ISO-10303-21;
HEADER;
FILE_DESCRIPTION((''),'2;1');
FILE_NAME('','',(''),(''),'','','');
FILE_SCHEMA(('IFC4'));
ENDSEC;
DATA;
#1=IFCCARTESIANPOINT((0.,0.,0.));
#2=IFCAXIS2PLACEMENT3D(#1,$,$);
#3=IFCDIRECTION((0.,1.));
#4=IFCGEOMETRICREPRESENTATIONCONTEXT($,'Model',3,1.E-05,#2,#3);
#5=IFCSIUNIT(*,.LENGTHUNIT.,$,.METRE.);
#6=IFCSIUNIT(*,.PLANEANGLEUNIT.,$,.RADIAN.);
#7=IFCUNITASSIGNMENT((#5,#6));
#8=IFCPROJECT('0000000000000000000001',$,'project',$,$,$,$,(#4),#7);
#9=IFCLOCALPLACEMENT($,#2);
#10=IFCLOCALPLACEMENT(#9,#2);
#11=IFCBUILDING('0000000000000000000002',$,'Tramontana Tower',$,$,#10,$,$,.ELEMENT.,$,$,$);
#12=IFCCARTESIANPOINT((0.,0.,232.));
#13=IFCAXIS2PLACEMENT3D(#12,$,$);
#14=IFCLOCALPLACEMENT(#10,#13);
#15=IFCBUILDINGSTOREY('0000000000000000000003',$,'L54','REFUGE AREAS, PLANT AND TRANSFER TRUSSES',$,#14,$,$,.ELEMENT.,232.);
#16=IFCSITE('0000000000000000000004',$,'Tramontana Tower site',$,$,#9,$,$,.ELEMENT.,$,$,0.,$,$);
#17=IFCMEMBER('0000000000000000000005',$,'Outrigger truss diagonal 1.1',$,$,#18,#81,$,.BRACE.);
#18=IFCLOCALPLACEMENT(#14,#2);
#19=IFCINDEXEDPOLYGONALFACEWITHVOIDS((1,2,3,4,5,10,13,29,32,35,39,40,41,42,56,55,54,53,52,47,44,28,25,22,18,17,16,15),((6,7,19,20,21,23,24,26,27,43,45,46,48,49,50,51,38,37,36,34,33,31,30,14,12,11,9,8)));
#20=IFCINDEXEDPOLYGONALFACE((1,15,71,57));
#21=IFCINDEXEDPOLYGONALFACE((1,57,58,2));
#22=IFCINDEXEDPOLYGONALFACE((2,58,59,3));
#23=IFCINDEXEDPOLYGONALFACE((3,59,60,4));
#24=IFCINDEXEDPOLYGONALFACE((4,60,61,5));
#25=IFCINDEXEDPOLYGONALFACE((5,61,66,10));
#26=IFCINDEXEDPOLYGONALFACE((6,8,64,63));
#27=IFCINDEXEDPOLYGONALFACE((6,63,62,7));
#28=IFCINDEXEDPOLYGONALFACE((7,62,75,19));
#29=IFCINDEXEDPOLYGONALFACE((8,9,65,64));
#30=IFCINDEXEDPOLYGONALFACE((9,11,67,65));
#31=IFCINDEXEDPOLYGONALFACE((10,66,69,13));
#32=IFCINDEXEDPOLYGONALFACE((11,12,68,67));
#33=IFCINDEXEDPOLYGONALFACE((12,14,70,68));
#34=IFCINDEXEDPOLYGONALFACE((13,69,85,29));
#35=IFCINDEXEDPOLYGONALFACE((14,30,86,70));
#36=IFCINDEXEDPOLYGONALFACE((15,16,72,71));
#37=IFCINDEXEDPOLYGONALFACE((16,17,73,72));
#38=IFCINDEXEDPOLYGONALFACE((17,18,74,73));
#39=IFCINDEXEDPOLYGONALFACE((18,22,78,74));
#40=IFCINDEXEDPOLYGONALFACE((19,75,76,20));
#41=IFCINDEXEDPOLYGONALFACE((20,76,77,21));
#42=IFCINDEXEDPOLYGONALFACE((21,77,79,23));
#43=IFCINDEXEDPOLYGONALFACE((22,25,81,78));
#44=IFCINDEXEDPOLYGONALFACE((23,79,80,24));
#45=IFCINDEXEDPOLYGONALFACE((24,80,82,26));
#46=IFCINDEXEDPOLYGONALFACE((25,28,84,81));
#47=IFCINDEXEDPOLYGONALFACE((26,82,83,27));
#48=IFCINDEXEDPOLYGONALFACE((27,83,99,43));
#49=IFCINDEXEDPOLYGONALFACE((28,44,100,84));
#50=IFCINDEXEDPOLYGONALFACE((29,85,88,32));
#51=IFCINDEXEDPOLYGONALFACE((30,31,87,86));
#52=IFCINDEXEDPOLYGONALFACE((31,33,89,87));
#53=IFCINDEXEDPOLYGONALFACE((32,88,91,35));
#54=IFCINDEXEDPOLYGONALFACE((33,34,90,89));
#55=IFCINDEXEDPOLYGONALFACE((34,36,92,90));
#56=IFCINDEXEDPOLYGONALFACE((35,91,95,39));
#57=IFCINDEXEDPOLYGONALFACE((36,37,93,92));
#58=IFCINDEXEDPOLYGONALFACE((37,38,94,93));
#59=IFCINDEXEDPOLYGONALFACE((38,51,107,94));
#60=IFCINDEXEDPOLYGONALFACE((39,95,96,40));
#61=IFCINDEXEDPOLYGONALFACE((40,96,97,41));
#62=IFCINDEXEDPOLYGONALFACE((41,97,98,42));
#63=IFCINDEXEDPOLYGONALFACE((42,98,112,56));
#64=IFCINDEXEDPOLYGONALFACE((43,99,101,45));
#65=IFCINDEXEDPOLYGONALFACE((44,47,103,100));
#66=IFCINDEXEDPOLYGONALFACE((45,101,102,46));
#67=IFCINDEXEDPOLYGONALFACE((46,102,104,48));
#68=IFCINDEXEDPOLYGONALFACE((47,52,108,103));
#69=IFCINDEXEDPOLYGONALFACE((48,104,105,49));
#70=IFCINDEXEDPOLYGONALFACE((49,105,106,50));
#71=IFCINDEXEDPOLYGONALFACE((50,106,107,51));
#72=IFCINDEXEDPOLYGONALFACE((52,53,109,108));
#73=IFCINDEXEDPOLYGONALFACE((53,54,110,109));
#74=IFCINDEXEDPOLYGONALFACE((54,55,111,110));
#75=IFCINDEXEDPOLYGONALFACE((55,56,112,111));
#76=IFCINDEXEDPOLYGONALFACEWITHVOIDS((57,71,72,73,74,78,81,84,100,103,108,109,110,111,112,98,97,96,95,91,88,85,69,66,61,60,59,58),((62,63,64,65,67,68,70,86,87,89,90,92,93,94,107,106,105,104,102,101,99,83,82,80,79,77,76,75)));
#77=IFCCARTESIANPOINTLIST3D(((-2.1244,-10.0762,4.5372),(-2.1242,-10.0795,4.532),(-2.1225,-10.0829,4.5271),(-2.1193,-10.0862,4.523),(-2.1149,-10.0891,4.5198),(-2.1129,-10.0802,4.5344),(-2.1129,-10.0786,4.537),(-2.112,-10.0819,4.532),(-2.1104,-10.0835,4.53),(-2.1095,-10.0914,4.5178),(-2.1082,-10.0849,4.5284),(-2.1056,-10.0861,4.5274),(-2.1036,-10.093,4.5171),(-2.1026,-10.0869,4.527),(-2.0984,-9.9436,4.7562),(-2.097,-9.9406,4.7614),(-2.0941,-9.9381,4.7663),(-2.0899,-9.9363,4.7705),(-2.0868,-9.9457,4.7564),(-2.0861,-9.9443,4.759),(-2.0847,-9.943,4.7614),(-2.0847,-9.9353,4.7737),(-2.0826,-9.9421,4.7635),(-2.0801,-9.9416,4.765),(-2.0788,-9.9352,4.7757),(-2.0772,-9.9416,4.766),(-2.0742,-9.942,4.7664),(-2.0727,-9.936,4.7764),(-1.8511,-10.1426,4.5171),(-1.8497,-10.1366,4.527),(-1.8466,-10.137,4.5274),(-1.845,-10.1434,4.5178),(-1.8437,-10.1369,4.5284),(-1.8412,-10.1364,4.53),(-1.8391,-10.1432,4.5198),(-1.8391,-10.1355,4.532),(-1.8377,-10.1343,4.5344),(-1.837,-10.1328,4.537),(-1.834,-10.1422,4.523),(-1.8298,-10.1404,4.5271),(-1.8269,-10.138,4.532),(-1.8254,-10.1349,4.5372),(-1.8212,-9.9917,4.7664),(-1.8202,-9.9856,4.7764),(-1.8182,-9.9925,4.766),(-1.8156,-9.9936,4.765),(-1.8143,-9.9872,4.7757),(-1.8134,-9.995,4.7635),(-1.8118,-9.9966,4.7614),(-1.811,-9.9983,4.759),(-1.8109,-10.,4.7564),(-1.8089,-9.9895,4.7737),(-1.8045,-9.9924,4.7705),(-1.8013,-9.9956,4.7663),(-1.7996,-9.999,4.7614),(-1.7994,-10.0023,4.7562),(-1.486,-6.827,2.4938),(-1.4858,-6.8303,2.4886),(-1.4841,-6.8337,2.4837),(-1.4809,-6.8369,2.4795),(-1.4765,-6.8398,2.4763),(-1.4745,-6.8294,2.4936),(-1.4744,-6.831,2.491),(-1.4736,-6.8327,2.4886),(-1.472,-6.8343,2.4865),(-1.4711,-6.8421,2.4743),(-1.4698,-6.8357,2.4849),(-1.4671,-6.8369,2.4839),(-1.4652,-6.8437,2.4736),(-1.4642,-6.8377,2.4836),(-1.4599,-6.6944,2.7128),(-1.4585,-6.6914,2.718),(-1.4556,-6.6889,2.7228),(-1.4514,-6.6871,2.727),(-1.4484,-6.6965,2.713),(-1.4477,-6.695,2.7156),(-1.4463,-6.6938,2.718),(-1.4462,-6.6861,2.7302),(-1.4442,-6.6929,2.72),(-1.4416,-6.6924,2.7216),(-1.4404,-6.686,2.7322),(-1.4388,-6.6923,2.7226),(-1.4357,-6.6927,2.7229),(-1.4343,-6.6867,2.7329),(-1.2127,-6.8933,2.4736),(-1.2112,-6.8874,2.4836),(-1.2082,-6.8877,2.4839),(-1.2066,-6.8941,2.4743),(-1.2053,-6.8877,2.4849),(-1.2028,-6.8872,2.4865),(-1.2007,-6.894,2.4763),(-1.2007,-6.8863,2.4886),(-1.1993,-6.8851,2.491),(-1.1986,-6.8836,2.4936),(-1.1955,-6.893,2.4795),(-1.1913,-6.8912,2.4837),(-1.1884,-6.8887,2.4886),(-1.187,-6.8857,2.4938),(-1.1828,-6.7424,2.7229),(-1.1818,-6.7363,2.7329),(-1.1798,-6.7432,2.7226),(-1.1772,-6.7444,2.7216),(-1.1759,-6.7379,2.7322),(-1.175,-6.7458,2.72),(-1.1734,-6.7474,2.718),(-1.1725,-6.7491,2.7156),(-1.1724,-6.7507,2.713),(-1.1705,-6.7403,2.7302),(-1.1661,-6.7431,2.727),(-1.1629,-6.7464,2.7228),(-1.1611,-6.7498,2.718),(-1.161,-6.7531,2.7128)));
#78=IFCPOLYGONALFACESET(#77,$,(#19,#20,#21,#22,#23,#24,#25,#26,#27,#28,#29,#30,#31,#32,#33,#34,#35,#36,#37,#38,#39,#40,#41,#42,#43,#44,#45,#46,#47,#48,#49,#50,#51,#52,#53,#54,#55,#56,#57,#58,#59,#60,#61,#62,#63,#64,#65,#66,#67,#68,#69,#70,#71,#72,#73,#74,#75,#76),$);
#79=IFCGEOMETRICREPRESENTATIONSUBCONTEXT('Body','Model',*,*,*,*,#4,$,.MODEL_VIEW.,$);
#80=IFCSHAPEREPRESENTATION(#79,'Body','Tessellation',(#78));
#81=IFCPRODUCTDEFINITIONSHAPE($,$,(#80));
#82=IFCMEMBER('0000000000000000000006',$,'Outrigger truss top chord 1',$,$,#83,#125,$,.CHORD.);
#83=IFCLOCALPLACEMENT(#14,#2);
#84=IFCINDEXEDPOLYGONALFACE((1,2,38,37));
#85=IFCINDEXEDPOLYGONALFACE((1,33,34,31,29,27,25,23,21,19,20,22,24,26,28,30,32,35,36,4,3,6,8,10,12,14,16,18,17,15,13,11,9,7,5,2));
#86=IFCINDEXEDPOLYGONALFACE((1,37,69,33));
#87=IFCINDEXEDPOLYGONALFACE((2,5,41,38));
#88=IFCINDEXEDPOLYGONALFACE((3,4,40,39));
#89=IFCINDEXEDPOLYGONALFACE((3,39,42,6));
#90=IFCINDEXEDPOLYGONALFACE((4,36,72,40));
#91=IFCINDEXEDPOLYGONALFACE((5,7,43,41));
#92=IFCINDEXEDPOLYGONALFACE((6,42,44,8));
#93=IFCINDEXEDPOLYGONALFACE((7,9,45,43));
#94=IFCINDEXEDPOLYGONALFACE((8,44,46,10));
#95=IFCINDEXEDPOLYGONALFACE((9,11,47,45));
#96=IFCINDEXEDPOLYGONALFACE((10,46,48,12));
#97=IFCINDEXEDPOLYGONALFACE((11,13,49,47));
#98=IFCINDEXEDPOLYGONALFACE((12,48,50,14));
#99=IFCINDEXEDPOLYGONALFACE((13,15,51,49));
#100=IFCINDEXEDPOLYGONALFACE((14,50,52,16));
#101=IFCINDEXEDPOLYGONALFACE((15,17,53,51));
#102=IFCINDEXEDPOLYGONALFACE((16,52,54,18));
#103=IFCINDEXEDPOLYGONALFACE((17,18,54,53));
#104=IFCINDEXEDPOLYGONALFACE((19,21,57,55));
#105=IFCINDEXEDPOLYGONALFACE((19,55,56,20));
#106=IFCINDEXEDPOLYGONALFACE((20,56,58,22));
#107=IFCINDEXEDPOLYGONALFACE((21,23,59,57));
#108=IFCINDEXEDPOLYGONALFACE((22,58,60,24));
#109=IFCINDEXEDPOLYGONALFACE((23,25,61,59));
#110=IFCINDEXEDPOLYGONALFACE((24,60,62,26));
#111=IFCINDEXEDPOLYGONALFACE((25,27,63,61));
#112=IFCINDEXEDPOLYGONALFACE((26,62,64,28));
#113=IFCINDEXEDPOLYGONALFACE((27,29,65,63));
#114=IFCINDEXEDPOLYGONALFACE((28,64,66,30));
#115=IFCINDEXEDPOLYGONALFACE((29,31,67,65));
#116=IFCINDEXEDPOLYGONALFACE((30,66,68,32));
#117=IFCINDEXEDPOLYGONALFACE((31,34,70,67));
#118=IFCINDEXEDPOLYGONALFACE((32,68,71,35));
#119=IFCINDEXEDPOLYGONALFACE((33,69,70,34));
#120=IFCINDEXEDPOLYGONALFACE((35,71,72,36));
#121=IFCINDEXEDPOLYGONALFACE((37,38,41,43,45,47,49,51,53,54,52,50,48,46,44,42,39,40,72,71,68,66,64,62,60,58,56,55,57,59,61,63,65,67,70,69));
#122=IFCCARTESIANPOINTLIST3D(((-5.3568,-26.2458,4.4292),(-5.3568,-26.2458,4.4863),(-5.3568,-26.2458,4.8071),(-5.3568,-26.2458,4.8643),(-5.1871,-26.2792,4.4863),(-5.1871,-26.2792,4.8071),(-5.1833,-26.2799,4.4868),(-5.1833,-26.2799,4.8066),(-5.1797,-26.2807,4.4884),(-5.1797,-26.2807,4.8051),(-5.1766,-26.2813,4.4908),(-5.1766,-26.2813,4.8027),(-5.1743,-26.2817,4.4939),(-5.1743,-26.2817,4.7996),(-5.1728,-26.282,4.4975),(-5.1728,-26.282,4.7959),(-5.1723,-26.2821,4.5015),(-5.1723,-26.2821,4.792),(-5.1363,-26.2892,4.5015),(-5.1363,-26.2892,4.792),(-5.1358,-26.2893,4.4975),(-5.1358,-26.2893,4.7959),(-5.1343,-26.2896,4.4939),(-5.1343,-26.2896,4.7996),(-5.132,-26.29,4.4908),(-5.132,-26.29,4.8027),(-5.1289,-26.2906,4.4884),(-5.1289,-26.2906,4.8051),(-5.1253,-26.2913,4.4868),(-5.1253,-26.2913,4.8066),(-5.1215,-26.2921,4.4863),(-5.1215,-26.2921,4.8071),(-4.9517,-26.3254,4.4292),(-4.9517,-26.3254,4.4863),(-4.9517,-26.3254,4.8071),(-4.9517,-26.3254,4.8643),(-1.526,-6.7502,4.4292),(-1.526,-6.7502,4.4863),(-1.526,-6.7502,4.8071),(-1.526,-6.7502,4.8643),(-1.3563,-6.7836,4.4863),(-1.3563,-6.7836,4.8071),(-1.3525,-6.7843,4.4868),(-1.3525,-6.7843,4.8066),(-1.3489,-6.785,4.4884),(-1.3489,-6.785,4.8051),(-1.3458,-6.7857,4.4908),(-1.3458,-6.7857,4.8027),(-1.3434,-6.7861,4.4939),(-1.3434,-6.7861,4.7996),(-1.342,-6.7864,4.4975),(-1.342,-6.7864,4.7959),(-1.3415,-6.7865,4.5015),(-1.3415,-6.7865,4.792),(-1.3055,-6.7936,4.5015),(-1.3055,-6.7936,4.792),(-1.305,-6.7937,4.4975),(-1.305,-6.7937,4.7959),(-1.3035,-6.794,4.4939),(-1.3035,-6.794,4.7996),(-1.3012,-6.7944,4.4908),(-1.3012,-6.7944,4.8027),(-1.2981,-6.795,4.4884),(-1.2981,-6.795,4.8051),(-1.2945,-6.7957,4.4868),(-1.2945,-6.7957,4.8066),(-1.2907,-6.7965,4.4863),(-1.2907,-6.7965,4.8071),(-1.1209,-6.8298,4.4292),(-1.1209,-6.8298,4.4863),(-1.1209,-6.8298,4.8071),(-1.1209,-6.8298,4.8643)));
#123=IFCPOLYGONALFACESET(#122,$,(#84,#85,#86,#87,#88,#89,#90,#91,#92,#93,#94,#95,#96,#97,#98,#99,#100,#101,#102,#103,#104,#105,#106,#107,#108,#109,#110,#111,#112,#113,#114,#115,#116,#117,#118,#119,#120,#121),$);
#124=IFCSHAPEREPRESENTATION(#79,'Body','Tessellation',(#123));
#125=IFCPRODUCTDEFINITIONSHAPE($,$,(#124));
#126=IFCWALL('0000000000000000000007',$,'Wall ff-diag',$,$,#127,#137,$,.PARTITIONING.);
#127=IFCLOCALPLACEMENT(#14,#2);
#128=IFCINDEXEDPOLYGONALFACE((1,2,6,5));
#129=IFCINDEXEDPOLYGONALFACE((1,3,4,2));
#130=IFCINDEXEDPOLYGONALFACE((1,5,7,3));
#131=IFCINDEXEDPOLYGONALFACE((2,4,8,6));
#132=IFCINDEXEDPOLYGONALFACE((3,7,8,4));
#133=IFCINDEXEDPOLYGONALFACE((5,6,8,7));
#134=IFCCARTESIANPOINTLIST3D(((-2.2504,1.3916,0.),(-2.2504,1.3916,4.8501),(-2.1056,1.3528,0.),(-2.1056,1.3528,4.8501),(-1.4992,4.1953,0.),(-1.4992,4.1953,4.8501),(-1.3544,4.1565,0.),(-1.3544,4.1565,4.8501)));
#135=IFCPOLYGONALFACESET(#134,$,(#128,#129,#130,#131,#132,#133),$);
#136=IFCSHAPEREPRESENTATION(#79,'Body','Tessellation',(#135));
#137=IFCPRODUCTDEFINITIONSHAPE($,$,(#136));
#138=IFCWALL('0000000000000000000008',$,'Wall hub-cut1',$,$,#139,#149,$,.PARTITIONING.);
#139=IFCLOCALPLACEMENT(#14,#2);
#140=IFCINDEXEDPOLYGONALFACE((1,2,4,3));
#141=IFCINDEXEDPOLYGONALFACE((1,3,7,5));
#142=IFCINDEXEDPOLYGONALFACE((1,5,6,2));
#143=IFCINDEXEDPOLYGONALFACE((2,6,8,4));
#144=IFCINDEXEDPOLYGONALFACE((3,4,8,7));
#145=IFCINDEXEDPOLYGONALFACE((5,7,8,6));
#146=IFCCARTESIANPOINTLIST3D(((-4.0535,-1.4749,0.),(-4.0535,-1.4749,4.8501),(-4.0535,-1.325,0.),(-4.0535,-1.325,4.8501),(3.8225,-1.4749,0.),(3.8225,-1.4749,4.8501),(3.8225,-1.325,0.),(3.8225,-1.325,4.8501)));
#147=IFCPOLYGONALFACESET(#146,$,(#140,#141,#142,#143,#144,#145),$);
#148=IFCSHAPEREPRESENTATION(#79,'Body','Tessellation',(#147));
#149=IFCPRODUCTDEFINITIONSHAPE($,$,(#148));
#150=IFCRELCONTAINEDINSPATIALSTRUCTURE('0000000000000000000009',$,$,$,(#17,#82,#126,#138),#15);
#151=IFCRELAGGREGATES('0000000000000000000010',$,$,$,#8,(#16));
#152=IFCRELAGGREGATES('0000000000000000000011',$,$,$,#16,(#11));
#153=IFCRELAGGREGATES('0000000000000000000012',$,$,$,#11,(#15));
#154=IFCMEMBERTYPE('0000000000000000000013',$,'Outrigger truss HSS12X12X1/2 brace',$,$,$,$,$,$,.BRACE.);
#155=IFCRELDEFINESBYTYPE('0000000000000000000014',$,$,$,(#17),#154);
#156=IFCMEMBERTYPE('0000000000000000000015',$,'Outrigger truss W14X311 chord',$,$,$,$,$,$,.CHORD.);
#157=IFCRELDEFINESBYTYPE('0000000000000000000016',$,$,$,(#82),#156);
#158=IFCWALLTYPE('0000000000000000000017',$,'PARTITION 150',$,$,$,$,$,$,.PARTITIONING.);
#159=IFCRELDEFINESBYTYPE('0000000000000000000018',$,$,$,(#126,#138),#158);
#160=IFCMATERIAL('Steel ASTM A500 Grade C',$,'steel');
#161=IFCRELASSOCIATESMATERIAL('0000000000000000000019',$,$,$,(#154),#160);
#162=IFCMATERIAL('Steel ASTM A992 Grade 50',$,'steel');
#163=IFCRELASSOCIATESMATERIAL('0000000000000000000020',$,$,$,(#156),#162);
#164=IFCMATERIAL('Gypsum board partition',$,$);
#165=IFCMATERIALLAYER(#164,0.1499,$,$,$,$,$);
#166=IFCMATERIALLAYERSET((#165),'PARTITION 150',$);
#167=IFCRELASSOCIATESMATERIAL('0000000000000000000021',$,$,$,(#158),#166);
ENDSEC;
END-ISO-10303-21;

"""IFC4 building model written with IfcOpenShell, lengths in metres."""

from ifc_helpers import new_model, si_unit, direction, frame, frame_2d, origin, origin_2d, place, context, subcontext, project, spatial, rectangle, hollow_rectangle, i_section, extrude, material, layer, layer_set, material_profile, profile_set, type_object, element, save


model = new_model("IFC4")

# Units and contexts
model_context = context("Model", 3, precision=1e-05, world=origin(), true_north=direction((0.0, 1.0)))
body_context = subcontext(model_context, "Body", "Model", "MODEL_VIEW")
ifc_project = project(units=[si_unit("LENGTHUNIT", "METRE"), si_unit("PLANEANGLEUNIT", "RADIAN")], contexts=[model_context])

# Site, building, storey
site_placement = place(None, origin())
site = spatial("IfcSite", under=ifc_project, at=site_placement, Name="Tramontana Tower site", CompositionType="ELEMENT", RefElevation=0.0)
building_placement = place(site_placement, origin())
building = spatial("IfcBuilding", under=site, at=building_placement, Name="Tramontana Tower", CompositionType="ELEMENT")
storey_placement = place(building_placement, frame((0.0, 0.0, 232.0)))
storey = spatial("IfcBuildingStorey", under=building, at=storey_placement, Name="L54", Description="REFUGE AREAS, PLANT AND TRANSFER TRUSSES", CompositionType="ELEMENT", Elevation=232.0)

# Members
ifc_material_1 = material(Name="Steel ASTM A500 Grade C", Category="steel")
ifc_material_profile_1 = material_profile(ifc_material_1, hollow_rectangle(XDim=0.3047, YDim=0.3047, WallThickness=0.0117, InnerFilletRadius=0.0117, OuterFilletRadius=0.0237, at=origin_2d()), Name="HSS12X12X1/2")
ifc_profile_set_1 = profile_set([ifc_material_profile_1], Name="Steel ASTM A500 Grade C")
member_type_1 = type_object("IfcMemberType", Name="Outrigger truss HSS12X12X1/2 brace", PredefinedType="BRACE", material=ifc_profile_set_1)
member_1_placement = place(storey_placement, frame((-1.3235, -6.79, 2.6033), z_axis=(-0.164072, -0.83504, 0.525155), x_axis=(0.981239, -0.192797, 0.0)))
element("IfcMember", 1, at=member_1_placement, inside=storey, type_object=member_type_1, Name="Outrigger truss diagonal 1.1", PredefinedType="BRACE", context=body_context, shape_type="SweptSolid", body=[
    extrude(hollow_rectangle(XDim=0.3047, YDim=0.3047, WallThickness=0.0117, InnerFilletRadius=0.0117, OuterFilletRadius=0.0237, at=origin_2d()), origin(), (0.0, 0.0, 1.0), 3.8911),
])
ifc_material_2 = material(Name="Steel ASTM A992 Grade 50", Category="steel")
ifc_material_profile_2 = material_profile(ifc_material_2, i_section(OverallWidth=0.4128, OverallDepth=0.4351, WebThickness=0.0366, FlangeThickness=0.0571, FilletRadius=0.0151, at=origin_2d()), Name="W14X311")
ifc_profile_set_2 = profile_set([ifc_material_profile_2], Name="Steel ASTM A992 Grade 50")
member_type_2 = type_object("IfcMemberType", Name="Outrigger truss W14X311 chord", PredefinedType="CHORD", material=ifc_profile_set_2)
member_2_placement = place(storey_placement, frame((-1.3235, -6.79, 4.6467), z_axis=(-0.192809, -0.981236, 0.0), x_axis=(0.981236, -0.192809, 0.0)))
element("IfcMember", 2, at=member_2_placement, inside=storey, type_object=member_type_2, Name="Outrigger truss top chord 1", PredefinedType="CHORD", context=body_context, shape_type="SweptSolid", body=[
    extrude(i_section(OverallWidth=0.4128, OverallDepth=0.4351, WebThickness=0.0366, FlangeThickness=0.0571, FilletRadius=0.0151, at=origin_2d()), origin(), (0.0, 0.0, 1.0), 19.8684),
])

# Shared definitions
ifc_material_3 = material(Name="Gypsum board partition")
ifc_layer_1 = layer(ifc_material_3, 0.1499)
ifc_layer_set_1 = layer_set([ifc_layer_1], Name="PARTITION 150")
wall_type_1 = type_object("IfcWallType", Name="PARTITION 150", PredefinedType="PARTITIONING", material=ifc_layer_set_1)

# Walls
wall_1_placement = place(storey_placement, frame((-2.178, 1.3723, 0.0), z_axis=(0.0, 0.0, 1.0), x_axis=(0.258809, 0.965929, 0.0)))
element("IfcWall", 3, at=wall_1_placement, inside=storey, type_object=wall_type_1, Name="Wall ff-diag", PredefinedType="PARTITIONING", context=body_context, shape_type="SweptSolid", body=[
    extrude(rectangle(XDim=2.9026, YDim=0.1499, at=frame_2d((1.4512, 0.0))), origin(), (0.0, 0.0, 1.0), 4.8501),
])
wall_2_placement = place(storey_placement, frame((-4.0535, -1.3999, 0.0), z_axis=(0.0, 0.0, 1.0), x_axis=(1.0, 0.0, 0.0)))
element("IfcWall", 4, at=wall_2_placement, inside=storey, type_object=wall_type_1, Name="Wall hub-cut1", PredefinedType="PARTITIONING", context=body_context, shape_type="SweptSolid", body=[
    extrude(rectangle(XDim=7.876, YDim=0.1499, at=frame_2d((3.938, 0.0))), origin(), (0.0, 0.0, 1.0), 4.8501),
])

save(model, "model.ifc")
